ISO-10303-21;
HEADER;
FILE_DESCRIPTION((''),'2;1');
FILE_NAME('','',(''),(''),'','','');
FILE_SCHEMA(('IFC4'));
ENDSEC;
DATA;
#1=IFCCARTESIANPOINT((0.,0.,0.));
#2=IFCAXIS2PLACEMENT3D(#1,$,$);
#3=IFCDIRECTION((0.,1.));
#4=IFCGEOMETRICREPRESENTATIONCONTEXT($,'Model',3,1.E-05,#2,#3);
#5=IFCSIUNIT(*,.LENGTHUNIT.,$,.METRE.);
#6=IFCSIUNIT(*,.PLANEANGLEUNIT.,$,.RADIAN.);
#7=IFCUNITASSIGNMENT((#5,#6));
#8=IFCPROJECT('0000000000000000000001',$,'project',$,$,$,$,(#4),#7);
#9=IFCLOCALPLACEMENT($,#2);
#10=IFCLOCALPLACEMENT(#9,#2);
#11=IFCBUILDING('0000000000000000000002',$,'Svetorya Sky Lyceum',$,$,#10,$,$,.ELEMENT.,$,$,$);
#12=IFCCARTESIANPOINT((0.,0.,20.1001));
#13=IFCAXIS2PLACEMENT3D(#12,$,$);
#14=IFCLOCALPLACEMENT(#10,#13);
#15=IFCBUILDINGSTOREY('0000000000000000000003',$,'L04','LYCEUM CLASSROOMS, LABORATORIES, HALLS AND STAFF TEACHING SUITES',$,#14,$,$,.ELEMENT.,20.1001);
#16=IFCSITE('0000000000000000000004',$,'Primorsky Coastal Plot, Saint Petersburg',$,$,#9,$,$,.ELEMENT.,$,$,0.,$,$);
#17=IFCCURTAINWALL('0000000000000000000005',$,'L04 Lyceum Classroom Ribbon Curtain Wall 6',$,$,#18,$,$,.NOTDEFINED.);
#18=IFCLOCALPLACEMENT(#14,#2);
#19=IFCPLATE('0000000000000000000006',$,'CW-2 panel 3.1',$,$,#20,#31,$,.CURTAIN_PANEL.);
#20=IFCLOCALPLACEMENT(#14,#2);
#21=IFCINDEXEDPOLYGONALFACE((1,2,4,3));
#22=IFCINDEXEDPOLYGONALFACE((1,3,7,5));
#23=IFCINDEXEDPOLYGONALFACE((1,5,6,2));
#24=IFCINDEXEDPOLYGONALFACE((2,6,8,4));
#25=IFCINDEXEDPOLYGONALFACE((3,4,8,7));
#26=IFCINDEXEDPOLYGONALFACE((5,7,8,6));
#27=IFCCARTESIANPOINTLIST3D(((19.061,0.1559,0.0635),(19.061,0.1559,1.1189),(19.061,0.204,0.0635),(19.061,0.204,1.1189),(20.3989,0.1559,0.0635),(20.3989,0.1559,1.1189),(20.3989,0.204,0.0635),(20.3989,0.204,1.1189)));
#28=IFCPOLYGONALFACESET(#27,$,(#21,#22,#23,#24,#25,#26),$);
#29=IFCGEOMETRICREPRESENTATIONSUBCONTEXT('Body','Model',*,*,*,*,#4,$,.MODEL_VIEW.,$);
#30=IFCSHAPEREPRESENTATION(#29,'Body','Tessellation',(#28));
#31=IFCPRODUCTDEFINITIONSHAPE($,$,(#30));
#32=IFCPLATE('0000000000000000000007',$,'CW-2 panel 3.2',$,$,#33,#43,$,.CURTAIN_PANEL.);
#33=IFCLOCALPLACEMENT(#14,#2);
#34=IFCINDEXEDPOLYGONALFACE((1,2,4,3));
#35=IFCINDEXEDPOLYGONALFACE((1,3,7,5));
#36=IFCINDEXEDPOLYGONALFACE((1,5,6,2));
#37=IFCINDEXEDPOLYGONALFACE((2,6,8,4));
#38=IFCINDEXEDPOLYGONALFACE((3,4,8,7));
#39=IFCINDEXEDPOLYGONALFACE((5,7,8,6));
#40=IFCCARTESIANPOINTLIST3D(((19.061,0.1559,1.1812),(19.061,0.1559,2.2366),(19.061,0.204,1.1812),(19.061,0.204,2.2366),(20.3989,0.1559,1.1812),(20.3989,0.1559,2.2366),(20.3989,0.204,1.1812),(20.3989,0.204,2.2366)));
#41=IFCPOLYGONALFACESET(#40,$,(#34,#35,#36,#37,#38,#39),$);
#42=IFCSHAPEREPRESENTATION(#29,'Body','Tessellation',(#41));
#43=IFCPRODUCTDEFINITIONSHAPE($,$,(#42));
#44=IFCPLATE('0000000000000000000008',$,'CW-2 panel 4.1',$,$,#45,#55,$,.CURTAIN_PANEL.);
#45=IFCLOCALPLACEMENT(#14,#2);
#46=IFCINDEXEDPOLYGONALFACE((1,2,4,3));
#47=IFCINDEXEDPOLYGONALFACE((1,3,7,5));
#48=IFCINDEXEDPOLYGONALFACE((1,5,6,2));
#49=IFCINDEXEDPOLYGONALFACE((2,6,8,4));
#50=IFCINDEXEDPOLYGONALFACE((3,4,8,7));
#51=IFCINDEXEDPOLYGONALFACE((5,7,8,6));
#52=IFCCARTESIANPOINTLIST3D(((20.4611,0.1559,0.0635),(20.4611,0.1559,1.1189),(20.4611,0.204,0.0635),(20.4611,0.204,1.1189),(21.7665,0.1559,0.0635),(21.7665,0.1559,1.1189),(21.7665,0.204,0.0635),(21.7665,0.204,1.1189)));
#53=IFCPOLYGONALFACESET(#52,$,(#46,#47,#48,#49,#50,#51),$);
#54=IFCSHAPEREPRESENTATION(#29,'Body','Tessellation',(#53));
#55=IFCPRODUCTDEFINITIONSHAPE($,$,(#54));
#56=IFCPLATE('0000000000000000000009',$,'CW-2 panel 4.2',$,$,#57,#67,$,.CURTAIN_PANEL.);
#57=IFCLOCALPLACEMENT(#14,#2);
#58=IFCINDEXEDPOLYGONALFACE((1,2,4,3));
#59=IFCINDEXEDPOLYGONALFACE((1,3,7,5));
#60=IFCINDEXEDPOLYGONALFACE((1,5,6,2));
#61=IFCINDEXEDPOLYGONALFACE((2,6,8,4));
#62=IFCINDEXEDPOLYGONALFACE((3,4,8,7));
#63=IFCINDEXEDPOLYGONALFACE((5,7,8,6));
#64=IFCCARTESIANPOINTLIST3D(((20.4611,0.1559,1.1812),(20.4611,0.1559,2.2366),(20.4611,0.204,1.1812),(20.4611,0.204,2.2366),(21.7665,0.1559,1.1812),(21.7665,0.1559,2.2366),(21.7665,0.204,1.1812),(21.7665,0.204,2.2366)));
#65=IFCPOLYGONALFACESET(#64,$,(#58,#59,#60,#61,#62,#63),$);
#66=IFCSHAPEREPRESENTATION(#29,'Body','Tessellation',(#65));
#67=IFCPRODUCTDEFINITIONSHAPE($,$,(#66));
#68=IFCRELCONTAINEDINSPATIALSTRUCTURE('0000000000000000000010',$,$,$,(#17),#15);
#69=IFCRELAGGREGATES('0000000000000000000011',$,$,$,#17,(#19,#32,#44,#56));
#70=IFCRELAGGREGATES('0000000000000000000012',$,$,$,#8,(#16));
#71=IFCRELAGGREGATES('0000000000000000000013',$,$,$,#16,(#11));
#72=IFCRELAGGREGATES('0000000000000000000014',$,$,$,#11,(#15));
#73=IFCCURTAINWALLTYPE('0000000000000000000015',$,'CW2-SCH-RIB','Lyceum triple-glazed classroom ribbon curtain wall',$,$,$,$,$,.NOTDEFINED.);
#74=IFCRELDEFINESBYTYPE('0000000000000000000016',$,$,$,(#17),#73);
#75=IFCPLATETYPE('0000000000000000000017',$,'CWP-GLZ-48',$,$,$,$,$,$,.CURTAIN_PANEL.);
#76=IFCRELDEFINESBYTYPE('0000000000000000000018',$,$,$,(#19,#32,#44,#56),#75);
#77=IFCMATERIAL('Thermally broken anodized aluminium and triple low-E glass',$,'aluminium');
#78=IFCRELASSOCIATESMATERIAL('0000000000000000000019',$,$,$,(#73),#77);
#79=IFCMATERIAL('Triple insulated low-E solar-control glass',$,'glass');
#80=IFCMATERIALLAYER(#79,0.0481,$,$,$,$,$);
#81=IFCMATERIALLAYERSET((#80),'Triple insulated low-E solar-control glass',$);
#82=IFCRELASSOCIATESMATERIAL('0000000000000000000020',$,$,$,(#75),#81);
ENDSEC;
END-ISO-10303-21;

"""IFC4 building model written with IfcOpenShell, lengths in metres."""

from ifc_helpers import new_model, si_unit, direction, frame, origin, origin_2d, place, context, subcontext, project, spatial, rectangle, extrude, material, layer, layer_set, type_object, element, aggregate, save


model = new_model("IFC4")

# Units and contexts
model_context = context("Model", 3, precision=1e-05, world=origin(), true_north=direction((0.0, 1.0)))
body_context = subcontext(model_context, "Body", "Model", "MODEL_VIEW")
ifc_project = project(units=[si_unit("LENGTHUNIT", "METRE"), si_unit("PLANEANGLEUNIT", "RADIAN")], contexts=[model_context])

# Site, building, storey
site_placement = place(None, origin())
site = spatial("IfcSite", under=ifc_project, at=site_placement, Name="Primorsky Coastal Plot, Saint Petersburg", CompositionType="ELEMENT", RefElevation=0.0)
building_placement = place(site_placement, origin())
building = spatial("IfcBuilding", under=site, at=building_placement, Name="Svetorya Sky Lyceum", CompositionType="ELEMENT")
storey_placement = place(building_placement, frame((0.0, 0.0, 20.1001)))
storey = spatial("IfcBuildingStorey", under=building, at=storey_placement, Name="L04", Description="LYCEUM CLASSROOMS, LABORATORIES, HALLS AND STAFF TEACHING SUITES", CompositionType="ELEMENT", Elevation=20.1001)

# Curtain wall, plates
ifc_material_1 = material(Name="Thermally broken anodized aluminium and triple low-E glass", Category="aluminium")
curtain_wall_type = type_object("IfcCurtainWallType", Name="CW2-SCH-RIB", Description="Lyceum triple-glazed classroom ribbon curtain wall", PredefinedType="NOTDEFINED", material=ifc_material_1)
curtain_wall_placement = place(storey_placement, origin())
curtain_wall = element("IfcCurtainWall", 1, at=curtain_wall_placement, inside=storey, type_object=curtain_wall_type, Name="L04 Lyceum Classroom Ribbon Curtain Wall 6", PredefinedType="NOTDEFINED")
ifc_material_2 = material(Name="Triple insulated low-E solar-control glass", Category="glass")
ifc_layer_1 = layer(ifc_material_2, 0.0481)
ifc_layer_set_1 = layer_set([ifc_layer_1], Name="Triple insulated low-E solar-control glass")
plate_type = type_object("IfcPlateType", Name="CWP-GLZ-48", PredefinedType="CURTAIN_PANEL", material=ifc_layer_set_1)
plate_1_placement = place(storey_placement, frame((19.73, 0.1799, 0.0635), z_axis=(0.0, 0.0, 1.0), x_axis=(1.0, 0.0, 0.0)))
plate_1 = element("IfcPlate", 2, at=plate_1_placement, type_object=plate_type, Name="CW-2 panel 3.1", PredefinedType="CURTAIN_PANEL", context=body_context, shape_type="SweptSolid", body=[
    extrude(rectangle(XDim=1.3379, YDim=0.0481, at=origin_2d()), origin(), (0.0, 0.0, 1.0), 1.0554),
])
plate_2_placement = place(storey_placement, frame((19.73, 0.1799, 1.1812), z_axis=(0.0, 0.0, 1.0), x_axis=(1.0, 0.0, 0.0)))
plate_2 = element("IfcPlate", 3, at=plate_2_placement, type_object=plate_type, Name="CW-2 panel 3.2", PredefinedType="CURTAIN_PANEL", context=body_context, shape_type="SweptSolid", body=[
    extrude(rectangle(XDim=1.3379, YDim=0.0481, at=origin_2d()), origin(), (0.0, 0.0, 1.0), 1.0554),
])
plate_3_placement = place(storey_placement, frame((21.1138, 0.1799, 0.0635), z_axis=(0.0, 0.0, 1.0), x_axis=(1.0, 0.0, 0.0)))
plate_3 = element("IfcPlate", 4, at=plate_3_placement, type_object=plate_type, Name="CW-2 panel 4.1", PredefinedType="CURTAIN_PANEL", context=body_context, shape_type="SweptSolid", body=[
    extrude(rectangle(XDim=1.3054, YDim=0.0481, at=origin_2d()), origin(), (0.0, 0.0, 1.0), 1.0554),
])
plate_4_placement = place(storey_placement, frame((21.1138, 0.1799, 1.1812), z_axis=(0.0, 0.0, 1.0), x_axis=(1.0, 0.0, 0.0)))
plate_4 = element("IfcPlate", 5, at=plate_4_placement, type_object=plate_type, Name="CW-2 panel 4.2", PredefinedType="CURTAIN_PANEL", context=body_context, shape_type="SweptSolid", body=[
    extrude(rectangle(XDim=1.3054, YDim=0.0481, at=origin_2d()), origin(), (0.0, 0.0, 1.0), 1.0554),
])
aggregate(curtain_wall, [plate_1, plate_2, plate_3, plate_4])

save(model, "model.ifc")
